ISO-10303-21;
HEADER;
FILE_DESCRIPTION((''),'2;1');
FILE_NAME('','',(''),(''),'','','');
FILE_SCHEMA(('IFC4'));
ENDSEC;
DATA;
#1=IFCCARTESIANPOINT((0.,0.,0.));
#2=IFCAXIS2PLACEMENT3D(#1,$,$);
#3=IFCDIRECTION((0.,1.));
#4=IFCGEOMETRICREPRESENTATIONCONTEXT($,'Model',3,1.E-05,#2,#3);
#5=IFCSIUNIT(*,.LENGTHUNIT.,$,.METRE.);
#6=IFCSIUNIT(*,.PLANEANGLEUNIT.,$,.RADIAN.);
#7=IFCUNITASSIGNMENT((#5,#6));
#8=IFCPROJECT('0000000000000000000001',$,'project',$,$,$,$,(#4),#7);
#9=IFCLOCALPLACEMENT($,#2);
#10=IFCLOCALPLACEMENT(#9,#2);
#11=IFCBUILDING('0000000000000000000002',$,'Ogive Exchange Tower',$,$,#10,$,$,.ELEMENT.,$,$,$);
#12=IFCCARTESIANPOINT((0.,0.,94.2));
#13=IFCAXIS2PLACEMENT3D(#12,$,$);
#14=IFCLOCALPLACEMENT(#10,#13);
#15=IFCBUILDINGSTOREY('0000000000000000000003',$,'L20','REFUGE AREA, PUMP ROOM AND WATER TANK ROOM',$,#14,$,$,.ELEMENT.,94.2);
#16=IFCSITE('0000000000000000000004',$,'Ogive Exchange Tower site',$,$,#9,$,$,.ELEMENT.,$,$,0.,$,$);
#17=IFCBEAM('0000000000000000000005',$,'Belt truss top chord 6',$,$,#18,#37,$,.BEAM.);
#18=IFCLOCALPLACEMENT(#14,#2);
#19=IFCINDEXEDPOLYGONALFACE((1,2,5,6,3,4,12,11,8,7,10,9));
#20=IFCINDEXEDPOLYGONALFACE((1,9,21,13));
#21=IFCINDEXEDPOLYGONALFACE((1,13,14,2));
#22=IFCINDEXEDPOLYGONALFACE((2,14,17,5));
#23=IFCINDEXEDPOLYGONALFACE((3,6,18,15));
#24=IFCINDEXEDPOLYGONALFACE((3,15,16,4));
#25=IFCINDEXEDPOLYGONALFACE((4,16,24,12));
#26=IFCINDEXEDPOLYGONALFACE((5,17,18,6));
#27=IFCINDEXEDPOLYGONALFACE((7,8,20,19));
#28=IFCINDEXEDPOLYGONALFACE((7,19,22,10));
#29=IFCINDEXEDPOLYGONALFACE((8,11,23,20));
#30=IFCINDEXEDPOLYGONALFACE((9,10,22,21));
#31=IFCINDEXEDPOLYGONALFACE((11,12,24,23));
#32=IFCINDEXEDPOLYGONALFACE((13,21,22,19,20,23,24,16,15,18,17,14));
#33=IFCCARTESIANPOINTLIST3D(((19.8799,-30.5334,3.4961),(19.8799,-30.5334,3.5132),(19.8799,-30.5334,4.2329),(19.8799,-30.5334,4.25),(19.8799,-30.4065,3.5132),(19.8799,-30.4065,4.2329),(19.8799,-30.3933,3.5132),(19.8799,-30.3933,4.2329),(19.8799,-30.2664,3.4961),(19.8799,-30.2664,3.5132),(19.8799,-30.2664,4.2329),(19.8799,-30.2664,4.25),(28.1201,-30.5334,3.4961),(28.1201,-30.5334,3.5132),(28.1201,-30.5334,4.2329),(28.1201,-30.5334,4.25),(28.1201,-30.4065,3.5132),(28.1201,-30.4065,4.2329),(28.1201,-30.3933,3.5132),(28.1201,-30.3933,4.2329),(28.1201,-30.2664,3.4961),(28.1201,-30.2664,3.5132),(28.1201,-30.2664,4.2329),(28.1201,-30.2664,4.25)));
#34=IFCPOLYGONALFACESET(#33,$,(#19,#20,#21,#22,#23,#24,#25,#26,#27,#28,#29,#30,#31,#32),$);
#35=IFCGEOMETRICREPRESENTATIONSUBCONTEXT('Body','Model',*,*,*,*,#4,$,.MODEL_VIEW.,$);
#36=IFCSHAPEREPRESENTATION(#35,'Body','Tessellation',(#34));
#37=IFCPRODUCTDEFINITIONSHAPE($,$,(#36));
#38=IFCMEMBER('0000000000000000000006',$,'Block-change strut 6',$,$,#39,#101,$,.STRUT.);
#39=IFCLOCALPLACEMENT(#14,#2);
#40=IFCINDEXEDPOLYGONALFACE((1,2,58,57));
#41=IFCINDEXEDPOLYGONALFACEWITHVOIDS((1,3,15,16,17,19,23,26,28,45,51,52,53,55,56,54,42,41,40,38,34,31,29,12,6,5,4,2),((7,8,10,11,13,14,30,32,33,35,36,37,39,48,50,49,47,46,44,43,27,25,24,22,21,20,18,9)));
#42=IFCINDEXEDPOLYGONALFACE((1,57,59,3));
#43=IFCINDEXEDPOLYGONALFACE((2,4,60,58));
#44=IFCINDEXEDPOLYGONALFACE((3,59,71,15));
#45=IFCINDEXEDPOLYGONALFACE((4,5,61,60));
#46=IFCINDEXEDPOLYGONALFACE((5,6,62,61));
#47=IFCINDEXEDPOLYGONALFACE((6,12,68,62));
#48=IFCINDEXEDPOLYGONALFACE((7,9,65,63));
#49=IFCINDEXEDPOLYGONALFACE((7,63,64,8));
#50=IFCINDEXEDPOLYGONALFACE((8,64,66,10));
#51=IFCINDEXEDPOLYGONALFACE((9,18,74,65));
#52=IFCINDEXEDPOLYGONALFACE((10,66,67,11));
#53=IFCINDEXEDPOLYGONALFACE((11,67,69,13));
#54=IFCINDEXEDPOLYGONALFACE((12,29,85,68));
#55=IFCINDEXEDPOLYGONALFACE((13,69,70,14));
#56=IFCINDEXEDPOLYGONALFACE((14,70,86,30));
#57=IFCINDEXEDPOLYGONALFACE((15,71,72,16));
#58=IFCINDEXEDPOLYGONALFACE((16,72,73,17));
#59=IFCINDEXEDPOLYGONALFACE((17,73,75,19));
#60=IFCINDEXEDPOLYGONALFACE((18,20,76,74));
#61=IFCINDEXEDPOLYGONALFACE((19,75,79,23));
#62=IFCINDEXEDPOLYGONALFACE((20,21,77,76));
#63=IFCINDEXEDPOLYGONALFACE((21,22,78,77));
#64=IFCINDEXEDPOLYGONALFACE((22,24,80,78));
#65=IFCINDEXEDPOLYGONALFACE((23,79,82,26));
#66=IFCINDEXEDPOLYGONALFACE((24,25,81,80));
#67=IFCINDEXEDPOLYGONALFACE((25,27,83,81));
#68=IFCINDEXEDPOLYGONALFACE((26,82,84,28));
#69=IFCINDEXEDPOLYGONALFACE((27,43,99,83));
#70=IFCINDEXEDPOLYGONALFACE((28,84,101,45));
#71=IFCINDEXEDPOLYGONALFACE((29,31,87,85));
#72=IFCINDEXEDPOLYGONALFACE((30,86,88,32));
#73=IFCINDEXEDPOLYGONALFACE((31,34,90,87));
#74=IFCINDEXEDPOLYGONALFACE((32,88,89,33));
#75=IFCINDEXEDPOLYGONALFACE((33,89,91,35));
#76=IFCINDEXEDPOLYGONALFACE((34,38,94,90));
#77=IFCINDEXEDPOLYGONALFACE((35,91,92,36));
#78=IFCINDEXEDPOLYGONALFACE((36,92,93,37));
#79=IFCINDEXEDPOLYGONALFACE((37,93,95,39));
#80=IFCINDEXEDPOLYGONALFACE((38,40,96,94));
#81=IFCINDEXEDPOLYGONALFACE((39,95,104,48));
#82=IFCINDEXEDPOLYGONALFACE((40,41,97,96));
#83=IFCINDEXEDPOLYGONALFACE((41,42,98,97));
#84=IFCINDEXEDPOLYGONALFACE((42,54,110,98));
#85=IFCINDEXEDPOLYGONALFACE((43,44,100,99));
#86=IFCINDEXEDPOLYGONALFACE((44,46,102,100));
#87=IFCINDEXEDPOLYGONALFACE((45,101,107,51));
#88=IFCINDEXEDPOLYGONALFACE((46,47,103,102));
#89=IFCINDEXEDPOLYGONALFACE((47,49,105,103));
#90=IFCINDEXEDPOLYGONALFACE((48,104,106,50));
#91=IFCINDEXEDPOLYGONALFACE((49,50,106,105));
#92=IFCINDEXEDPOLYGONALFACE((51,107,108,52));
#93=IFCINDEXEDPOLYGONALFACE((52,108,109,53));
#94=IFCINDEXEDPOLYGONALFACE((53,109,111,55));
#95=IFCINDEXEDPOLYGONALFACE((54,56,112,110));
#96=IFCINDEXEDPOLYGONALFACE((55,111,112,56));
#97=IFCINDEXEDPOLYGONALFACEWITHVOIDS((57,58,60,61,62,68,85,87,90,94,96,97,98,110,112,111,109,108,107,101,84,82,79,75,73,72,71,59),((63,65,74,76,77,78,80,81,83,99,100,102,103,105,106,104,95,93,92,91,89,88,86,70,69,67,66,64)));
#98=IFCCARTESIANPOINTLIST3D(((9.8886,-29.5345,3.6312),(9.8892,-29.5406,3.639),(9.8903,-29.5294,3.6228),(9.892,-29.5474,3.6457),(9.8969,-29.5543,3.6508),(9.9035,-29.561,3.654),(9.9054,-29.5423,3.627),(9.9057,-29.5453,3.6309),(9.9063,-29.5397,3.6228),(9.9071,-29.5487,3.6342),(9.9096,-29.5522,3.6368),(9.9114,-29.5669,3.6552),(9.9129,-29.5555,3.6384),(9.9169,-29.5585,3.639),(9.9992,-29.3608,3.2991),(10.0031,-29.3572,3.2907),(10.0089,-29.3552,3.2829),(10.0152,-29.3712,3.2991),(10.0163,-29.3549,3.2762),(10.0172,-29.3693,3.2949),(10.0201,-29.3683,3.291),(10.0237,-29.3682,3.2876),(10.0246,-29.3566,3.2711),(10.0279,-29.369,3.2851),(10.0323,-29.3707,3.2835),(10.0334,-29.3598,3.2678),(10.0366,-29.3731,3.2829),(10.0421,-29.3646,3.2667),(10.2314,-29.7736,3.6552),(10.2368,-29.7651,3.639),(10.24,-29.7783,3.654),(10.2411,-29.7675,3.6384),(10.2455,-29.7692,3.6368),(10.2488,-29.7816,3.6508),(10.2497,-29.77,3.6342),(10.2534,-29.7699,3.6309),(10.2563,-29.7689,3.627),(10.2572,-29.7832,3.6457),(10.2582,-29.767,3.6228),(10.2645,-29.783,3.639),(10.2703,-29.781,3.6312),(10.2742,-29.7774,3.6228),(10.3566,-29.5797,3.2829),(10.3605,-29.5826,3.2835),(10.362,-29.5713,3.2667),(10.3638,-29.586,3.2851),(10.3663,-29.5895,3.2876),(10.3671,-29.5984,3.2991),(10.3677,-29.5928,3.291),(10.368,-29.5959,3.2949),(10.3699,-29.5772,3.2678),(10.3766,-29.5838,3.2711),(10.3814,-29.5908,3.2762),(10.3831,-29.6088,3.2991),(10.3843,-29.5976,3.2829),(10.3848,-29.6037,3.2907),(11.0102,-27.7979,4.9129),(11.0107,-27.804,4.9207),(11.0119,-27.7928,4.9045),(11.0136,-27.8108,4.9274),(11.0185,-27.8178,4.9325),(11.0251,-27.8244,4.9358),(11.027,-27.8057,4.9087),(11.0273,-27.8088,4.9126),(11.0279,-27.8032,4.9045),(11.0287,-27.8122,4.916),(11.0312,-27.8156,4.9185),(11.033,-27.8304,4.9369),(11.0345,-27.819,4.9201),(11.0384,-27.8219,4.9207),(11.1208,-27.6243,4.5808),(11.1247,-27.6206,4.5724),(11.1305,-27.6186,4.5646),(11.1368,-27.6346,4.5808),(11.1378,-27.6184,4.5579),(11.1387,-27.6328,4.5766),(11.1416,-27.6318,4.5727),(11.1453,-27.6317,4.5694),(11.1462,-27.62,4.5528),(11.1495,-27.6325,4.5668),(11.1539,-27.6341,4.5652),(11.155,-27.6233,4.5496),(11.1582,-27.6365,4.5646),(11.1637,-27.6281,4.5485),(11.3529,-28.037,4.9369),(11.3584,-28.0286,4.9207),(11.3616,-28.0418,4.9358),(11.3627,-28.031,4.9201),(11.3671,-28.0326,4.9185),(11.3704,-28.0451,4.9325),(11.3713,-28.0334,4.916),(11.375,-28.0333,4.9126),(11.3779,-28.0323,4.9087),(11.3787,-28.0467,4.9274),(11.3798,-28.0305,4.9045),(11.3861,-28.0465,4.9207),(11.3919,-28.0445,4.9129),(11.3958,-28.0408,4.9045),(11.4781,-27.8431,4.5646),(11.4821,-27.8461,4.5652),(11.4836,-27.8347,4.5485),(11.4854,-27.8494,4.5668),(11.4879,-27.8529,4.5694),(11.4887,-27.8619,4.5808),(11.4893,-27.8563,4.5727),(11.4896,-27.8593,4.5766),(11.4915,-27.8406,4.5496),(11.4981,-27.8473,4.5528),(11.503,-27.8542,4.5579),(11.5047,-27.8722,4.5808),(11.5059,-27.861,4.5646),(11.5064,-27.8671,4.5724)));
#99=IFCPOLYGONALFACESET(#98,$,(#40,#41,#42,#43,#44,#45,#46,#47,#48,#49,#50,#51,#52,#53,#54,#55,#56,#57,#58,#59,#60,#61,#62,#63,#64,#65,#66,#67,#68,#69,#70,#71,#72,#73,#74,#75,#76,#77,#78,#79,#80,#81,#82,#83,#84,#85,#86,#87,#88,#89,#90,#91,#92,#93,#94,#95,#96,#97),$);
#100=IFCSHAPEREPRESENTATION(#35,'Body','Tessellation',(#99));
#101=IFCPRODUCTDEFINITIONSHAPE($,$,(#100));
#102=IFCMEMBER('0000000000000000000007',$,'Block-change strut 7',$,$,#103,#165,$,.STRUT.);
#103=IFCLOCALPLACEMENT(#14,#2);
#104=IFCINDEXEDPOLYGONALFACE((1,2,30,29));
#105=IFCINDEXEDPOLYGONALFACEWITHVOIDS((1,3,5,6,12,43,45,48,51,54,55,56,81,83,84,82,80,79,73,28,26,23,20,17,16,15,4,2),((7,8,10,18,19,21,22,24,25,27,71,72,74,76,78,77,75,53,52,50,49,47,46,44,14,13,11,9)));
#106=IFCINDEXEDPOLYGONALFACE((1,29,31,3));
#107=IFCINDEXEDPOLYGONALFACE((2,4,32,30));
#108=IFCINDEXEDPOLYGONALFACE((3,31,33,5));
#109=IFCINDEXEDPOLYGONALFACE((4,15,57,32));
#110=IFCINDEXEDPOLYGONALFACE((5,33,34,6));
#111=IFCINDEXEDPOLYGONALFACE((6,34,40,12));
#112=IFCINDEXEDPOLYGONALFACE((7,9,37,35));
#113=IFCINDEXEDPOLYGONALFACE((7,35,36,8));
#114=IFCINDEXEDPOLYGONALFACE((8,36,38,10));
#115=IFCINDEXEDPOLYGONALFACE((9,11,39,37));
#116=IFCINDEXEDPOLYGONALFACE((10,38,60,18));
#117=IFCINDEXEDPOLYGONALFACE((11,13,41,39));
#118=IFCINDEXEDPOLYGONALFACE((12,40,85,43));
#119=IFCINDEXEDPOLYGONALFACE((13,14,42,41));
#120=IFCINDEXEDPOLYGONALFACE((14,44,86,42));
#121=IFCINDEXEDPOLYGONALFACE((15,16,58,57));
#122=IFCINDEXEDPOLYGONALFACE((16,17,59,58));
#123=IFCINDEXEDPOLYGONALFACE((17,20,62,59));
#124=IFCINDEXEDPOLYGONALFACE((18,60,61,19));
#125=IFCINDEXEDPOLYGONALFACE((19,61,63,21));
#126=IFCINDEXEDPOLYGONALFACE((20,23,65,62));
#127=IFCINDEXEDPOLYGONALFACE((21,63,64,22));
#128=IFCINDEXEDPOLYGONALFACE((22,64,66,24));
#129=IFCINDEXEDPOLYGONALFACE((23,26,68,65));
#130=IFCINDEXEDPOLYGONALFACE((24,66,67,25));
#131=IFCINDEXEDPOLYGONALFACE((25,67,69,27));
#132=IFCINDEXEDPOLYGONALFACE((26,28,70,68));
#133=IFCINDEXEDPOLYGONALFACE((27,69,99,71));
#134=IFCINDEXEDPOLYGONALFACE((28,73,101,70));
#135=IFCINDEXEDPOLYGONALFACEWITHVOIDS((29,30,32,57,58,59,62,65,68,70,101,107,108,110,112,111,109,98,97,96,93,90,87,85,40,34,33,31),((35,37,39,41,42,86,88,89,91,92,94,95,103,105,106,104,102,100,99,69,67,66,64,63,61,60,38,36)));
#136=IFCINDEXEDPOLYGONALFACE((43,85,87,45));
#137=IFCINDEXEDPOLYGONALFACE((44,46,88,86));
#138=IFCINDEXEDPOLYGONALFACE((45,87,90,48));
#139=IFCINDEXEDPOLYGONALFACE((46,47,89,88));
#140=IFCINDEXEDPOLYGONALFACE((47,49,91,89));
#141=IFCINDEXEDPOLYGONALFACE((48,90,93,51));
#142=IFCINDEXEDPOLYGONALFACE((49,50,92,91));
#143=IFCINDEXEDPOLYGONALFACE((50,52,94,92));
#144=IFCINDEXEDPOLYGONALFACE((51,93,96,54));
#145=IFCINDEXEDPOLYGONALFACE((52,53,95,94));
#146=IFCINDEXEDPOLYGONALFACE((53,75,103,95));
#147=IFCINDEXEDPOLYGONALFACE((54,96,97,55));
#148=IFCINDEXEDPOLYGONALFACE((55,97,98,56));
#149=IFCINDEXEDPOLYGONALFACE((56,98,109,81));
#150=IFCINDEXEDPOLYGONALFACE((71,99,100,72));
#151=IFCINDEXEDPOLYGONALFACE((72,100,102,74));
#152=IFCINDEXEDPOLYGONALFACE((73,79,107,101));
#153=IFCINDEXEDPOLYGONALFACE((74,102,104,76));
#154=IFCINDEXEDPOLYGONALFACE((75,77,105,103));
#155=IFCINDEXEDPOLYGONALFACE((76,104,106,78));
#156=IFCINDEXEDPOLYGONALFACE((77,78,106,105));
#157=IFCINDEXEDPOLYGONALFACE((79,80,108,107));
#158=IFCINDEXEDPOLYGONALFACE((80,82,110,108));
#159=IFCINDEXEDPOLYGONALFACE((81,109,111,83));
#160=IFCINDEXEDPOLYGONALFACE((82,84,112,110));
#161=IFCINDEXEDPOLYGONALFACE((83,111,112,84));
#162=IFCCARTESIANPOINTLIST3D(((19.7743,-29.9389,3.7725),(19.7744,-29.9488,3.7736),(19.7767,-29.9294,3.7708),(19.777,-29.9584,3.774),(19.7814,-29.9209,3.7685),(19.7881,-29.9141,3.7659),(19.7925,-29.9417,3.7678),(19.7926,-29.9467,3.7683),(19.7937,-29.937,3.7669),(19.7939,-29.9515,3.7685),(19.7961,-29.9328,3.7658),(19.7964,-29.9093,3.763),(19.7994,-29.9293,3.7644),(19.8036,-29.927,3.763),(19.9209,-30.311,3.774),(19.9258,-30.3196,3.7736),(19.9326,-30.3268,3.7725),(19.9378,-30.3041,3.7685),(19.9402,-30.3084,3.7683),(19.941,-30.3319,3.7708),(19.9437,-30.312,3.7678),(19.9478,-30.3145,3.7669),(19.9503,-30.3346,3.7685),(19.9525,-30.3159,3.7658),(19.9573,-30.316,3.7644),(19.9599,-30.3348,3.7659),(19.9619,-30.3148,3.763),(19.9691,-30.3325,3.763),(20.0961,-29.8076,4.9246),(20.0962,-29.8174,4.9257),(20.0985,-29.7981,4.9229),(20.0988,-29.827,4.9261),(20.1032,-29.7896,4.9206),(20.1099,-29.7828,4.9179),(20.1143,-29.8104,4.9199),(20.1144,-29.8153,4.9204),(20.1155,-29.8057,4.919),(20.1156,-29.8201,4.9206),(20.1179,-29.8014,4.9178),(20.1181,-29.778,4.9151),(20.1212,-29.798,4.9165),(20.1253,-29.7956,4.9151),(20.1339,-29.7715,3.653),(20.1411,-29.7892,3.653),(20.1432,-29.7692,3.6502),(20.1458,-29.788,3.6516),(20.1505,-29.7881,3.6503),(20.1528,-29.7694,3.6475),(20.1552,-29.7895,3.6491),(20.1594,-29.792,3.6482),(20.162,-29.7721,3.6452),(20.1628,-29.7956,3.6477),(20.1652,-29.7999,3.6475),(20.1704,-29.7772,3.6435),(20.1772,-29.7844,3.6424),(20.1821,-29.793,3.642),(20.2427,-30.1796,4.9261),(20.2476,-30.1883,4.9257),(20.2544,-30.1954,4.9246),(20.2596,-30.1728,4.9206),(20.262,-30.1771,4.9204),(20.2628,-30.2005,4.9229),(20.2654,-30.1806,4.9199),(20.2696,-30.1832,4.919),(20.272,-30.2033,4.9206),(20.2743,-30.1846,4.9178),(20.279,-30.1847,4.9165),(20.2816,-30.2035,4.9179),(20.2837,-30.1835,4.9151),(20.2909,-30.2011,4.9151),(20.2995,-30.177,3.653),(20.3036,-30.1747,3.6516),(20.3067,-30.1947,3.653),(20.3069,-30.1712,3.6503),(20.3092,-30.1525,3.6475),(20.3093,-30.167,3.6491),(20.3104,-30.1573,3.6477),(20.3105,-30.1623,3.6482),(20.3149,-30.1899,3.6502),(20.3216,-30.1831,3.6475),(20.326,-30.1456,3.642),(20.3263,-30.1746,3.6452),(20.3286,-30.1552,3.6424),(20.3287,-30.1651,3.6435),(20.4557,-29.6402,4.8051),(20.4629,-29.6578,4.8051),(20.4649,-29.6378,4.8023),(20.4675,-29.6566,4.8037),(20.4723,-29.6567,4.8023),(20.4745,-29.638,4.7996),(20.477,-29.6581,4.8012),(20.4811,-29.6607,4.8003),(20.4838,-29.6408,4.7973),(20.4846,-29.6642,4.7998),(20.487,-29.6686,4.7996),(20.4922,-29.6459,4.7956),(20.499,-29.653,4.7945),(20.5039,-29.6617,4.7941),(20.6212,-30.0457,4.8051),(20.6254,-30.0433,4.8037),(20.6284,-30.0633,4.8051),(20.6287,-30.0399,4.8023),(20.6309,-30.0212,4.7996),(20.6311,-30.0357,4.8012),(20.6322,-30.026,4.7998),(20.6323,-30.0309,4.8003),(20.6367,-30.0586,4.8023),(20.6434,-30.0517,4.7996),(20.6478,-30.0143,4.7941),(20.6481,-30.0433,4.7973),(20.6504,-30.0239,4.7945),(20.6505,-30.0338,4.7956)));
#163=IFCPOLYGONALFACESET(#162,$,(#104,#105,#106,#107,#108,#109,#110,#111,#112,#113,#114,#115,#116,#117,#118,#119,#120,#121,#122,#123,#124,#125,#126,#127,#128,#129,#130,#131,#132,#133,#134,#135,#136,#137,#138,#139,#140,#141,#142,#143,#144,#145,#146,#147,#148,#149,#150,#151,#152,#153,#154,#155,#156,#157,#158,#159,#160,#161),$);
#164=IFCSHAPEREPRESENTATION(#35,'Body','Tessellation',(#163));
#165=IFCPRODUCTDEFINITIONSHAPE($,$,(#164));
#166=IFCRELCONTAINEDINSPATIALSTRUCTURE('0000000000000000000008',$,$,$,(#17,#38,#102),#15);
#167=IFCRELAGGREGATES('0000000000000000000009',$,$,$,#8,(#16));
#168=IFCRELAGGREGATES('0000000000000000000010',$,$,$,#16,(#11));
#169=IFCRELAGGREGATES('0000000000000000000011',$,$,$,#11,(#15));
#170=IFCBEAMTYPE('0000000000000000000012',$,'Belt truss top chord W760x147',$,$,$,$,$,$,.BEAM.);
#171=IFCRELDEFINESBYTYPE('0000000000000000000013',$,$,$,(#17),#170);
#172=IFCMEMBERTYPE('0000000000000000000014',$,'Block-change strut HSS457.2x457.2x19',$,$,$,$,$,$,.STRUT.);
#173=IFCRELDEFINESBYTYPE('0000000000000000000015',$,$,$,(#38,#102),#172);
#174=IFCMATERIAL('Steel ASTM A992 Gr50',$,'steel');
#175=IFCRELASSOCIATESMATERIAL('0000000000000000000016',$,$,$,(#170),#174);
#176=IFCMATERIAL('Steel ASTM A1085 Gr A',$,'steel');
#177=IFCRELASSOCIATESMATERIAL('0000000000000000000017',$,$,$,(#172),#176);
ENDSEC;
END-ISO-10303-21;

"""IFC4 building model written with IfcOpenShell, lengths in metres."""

from ifc_helpers import new_model, si_unit, direction, frame, origin, origin_2d, place, context, subcontext, project, spatial, hollow_rectangle, i_section, extrude, material, material_profile, profile_set, type_object, element, save


model = new_model("IFC4")

# Units and contexts
model_context = context("Model", 3, precision=1e-05, world=origin(), true_north=direction((0.0, 1.0)))
body_context = subcontext(model_context, "Body", "Model", "MODEL_VIEW")
ifc_project = project(units=[si_unit("LENGTHUNIT", "METRE"), si_unit("PLANEANGLEUNIT", "RADIAN")], contexts=[model_context])

# Site, building, storey
site_placement = place(None, origin())
site = spatial("IfcSite", under=ifc_project, at=site_placement, Name="Ogive Exchange Tower site", CompositionType="ELEMENT", RefElevation=0.0)
building_placement = place(site_placement, origin())
building = spatial("IfcBuilding", under=site, at=building_placement, Name="Ogive Exchange Tower", CompositionType="ELEMENT")
storey_placement = place(building_placement, frame((0.0, 0.0, 94.2)))
storey = spatial("IfcBuildingStorey", under=building, at=storey_placement, Name="L20", Description="REFUGE AREA, PUMP ROOM AND WATER TANK ROOM", CompositionType="ELEMENT", Elevation=94.2)

# Shared definitions
ifc_material_1 = material(Name="Steel ASTM A992 Gr50", Category="steel")

# Shared definitions
ifc_material_2 = material(Name="Steel ASTM A1085 Gr A", Category="steel")

# Beam
ifc_material_profile_1 = material_profile(ifc_material_1, i_section(OverallWidth=0.2671, OverallDepth=0.7539, WebThickness=0.0132, FlangeThickness=0.0171, at=origin_2d()), Name="W760x147")
ifc_profile_set_1 = profile_set([ifc_material_profile_1], Name="Steel ASTM A992 Gr50")
beam_type_1 = type_object("IfcBeamType", Name="Belt truss top chord W760x147", PredefinedType="BEAM", material=ifc_profile_set_1)
beam_1_placement = place(storey_placement, frame((19.8799, -30.3999, 3.873), z_axis=(1.0, 0.0, 0.0), x_axis=(0.0, 1.0, 0.0)))
element("IfcBeam", 1, at=beam_1_placement, inside=storey, type_object=beam_type_1, Name="Belt truss top chord 6", PredefinedType="BEAM", context=body_context, shape_type="SweptSolid", body=[
    extrude(i_section(OverallWidth=0.2671, OverallDepth=0.7539, WebThickness=0.0132, FlangeThickness=0.0171, at=origin_2d()), origin(), (0.0, 0.0, 1.0), 8.2402),
])

# Members
ifc_material_profile_2 = material_profile(ifc_material_2, hollow_rectangle(XDim=0.457, YDim=0.457, WallThickness=0.019, InnerFilletRadius=0.019, OuterFilletRadius=0.0381, at=origin_2d()), Name="HSS457.2x457.2x19")
ifc_profile_set_2 = profile_set([ifc_material_profile_2], Name="Steel ASTM A1085 Gr A")
member_type_1 = type_object("IfcMemberType", Name="Block-change strut HSS457.2x457.2x19", PredefinedType="STRUT", material=ifc_profile_set_2)
member_1_placement = place(storey_placement, frame((10.1367, -29.5691, 3.4609), z_axis=(0.461104, 0.713939, 0.526948), x_axis=(-0.840029, 0.542541, 0.0)))
element("IfcMember", 2, at=member_1_placement, inside=storey, type_object=member_type_1, Name="Block-change strut 6", PredefinedType="STRUT", context=body_context, shape_type="SweptSolid", body=[
    extrude(hollow_rectangle(XDim=0.457, YDim=0.457, WallThickness=0.019, InnerFilletRadius=0.019, OuterFilletRadius=0.0381, at=origin_2d()), origin(), (0.0, 0.0, 1.0), 2.4324),
])
member_2_placement = place(storey_placement, frame((20.0515, -30.052, 3.708), z_axis=(0.267394, 0.109149, 0.957385), x_axis=(-0.377922, 0.925838, 0.0)))
element("IfcMember", 3, at=member_2_placement, inside=storey, type_object=member_type_1, Name="Block-change strut 7", PredefinedType="STRUT", context=body_context, shape_type="SweptSolid", body=[
    extrude(hollow_rectangle(XDim=0.457, YDim=0.457, WallThickness=0.019, InnerFilletRadius=0.019, OuterFilletRadius=0.0381, at=origin_2d()), origin(), (0.0, 0.0, 1.0), 1.2034),
])

save(model, "model.ifc")
